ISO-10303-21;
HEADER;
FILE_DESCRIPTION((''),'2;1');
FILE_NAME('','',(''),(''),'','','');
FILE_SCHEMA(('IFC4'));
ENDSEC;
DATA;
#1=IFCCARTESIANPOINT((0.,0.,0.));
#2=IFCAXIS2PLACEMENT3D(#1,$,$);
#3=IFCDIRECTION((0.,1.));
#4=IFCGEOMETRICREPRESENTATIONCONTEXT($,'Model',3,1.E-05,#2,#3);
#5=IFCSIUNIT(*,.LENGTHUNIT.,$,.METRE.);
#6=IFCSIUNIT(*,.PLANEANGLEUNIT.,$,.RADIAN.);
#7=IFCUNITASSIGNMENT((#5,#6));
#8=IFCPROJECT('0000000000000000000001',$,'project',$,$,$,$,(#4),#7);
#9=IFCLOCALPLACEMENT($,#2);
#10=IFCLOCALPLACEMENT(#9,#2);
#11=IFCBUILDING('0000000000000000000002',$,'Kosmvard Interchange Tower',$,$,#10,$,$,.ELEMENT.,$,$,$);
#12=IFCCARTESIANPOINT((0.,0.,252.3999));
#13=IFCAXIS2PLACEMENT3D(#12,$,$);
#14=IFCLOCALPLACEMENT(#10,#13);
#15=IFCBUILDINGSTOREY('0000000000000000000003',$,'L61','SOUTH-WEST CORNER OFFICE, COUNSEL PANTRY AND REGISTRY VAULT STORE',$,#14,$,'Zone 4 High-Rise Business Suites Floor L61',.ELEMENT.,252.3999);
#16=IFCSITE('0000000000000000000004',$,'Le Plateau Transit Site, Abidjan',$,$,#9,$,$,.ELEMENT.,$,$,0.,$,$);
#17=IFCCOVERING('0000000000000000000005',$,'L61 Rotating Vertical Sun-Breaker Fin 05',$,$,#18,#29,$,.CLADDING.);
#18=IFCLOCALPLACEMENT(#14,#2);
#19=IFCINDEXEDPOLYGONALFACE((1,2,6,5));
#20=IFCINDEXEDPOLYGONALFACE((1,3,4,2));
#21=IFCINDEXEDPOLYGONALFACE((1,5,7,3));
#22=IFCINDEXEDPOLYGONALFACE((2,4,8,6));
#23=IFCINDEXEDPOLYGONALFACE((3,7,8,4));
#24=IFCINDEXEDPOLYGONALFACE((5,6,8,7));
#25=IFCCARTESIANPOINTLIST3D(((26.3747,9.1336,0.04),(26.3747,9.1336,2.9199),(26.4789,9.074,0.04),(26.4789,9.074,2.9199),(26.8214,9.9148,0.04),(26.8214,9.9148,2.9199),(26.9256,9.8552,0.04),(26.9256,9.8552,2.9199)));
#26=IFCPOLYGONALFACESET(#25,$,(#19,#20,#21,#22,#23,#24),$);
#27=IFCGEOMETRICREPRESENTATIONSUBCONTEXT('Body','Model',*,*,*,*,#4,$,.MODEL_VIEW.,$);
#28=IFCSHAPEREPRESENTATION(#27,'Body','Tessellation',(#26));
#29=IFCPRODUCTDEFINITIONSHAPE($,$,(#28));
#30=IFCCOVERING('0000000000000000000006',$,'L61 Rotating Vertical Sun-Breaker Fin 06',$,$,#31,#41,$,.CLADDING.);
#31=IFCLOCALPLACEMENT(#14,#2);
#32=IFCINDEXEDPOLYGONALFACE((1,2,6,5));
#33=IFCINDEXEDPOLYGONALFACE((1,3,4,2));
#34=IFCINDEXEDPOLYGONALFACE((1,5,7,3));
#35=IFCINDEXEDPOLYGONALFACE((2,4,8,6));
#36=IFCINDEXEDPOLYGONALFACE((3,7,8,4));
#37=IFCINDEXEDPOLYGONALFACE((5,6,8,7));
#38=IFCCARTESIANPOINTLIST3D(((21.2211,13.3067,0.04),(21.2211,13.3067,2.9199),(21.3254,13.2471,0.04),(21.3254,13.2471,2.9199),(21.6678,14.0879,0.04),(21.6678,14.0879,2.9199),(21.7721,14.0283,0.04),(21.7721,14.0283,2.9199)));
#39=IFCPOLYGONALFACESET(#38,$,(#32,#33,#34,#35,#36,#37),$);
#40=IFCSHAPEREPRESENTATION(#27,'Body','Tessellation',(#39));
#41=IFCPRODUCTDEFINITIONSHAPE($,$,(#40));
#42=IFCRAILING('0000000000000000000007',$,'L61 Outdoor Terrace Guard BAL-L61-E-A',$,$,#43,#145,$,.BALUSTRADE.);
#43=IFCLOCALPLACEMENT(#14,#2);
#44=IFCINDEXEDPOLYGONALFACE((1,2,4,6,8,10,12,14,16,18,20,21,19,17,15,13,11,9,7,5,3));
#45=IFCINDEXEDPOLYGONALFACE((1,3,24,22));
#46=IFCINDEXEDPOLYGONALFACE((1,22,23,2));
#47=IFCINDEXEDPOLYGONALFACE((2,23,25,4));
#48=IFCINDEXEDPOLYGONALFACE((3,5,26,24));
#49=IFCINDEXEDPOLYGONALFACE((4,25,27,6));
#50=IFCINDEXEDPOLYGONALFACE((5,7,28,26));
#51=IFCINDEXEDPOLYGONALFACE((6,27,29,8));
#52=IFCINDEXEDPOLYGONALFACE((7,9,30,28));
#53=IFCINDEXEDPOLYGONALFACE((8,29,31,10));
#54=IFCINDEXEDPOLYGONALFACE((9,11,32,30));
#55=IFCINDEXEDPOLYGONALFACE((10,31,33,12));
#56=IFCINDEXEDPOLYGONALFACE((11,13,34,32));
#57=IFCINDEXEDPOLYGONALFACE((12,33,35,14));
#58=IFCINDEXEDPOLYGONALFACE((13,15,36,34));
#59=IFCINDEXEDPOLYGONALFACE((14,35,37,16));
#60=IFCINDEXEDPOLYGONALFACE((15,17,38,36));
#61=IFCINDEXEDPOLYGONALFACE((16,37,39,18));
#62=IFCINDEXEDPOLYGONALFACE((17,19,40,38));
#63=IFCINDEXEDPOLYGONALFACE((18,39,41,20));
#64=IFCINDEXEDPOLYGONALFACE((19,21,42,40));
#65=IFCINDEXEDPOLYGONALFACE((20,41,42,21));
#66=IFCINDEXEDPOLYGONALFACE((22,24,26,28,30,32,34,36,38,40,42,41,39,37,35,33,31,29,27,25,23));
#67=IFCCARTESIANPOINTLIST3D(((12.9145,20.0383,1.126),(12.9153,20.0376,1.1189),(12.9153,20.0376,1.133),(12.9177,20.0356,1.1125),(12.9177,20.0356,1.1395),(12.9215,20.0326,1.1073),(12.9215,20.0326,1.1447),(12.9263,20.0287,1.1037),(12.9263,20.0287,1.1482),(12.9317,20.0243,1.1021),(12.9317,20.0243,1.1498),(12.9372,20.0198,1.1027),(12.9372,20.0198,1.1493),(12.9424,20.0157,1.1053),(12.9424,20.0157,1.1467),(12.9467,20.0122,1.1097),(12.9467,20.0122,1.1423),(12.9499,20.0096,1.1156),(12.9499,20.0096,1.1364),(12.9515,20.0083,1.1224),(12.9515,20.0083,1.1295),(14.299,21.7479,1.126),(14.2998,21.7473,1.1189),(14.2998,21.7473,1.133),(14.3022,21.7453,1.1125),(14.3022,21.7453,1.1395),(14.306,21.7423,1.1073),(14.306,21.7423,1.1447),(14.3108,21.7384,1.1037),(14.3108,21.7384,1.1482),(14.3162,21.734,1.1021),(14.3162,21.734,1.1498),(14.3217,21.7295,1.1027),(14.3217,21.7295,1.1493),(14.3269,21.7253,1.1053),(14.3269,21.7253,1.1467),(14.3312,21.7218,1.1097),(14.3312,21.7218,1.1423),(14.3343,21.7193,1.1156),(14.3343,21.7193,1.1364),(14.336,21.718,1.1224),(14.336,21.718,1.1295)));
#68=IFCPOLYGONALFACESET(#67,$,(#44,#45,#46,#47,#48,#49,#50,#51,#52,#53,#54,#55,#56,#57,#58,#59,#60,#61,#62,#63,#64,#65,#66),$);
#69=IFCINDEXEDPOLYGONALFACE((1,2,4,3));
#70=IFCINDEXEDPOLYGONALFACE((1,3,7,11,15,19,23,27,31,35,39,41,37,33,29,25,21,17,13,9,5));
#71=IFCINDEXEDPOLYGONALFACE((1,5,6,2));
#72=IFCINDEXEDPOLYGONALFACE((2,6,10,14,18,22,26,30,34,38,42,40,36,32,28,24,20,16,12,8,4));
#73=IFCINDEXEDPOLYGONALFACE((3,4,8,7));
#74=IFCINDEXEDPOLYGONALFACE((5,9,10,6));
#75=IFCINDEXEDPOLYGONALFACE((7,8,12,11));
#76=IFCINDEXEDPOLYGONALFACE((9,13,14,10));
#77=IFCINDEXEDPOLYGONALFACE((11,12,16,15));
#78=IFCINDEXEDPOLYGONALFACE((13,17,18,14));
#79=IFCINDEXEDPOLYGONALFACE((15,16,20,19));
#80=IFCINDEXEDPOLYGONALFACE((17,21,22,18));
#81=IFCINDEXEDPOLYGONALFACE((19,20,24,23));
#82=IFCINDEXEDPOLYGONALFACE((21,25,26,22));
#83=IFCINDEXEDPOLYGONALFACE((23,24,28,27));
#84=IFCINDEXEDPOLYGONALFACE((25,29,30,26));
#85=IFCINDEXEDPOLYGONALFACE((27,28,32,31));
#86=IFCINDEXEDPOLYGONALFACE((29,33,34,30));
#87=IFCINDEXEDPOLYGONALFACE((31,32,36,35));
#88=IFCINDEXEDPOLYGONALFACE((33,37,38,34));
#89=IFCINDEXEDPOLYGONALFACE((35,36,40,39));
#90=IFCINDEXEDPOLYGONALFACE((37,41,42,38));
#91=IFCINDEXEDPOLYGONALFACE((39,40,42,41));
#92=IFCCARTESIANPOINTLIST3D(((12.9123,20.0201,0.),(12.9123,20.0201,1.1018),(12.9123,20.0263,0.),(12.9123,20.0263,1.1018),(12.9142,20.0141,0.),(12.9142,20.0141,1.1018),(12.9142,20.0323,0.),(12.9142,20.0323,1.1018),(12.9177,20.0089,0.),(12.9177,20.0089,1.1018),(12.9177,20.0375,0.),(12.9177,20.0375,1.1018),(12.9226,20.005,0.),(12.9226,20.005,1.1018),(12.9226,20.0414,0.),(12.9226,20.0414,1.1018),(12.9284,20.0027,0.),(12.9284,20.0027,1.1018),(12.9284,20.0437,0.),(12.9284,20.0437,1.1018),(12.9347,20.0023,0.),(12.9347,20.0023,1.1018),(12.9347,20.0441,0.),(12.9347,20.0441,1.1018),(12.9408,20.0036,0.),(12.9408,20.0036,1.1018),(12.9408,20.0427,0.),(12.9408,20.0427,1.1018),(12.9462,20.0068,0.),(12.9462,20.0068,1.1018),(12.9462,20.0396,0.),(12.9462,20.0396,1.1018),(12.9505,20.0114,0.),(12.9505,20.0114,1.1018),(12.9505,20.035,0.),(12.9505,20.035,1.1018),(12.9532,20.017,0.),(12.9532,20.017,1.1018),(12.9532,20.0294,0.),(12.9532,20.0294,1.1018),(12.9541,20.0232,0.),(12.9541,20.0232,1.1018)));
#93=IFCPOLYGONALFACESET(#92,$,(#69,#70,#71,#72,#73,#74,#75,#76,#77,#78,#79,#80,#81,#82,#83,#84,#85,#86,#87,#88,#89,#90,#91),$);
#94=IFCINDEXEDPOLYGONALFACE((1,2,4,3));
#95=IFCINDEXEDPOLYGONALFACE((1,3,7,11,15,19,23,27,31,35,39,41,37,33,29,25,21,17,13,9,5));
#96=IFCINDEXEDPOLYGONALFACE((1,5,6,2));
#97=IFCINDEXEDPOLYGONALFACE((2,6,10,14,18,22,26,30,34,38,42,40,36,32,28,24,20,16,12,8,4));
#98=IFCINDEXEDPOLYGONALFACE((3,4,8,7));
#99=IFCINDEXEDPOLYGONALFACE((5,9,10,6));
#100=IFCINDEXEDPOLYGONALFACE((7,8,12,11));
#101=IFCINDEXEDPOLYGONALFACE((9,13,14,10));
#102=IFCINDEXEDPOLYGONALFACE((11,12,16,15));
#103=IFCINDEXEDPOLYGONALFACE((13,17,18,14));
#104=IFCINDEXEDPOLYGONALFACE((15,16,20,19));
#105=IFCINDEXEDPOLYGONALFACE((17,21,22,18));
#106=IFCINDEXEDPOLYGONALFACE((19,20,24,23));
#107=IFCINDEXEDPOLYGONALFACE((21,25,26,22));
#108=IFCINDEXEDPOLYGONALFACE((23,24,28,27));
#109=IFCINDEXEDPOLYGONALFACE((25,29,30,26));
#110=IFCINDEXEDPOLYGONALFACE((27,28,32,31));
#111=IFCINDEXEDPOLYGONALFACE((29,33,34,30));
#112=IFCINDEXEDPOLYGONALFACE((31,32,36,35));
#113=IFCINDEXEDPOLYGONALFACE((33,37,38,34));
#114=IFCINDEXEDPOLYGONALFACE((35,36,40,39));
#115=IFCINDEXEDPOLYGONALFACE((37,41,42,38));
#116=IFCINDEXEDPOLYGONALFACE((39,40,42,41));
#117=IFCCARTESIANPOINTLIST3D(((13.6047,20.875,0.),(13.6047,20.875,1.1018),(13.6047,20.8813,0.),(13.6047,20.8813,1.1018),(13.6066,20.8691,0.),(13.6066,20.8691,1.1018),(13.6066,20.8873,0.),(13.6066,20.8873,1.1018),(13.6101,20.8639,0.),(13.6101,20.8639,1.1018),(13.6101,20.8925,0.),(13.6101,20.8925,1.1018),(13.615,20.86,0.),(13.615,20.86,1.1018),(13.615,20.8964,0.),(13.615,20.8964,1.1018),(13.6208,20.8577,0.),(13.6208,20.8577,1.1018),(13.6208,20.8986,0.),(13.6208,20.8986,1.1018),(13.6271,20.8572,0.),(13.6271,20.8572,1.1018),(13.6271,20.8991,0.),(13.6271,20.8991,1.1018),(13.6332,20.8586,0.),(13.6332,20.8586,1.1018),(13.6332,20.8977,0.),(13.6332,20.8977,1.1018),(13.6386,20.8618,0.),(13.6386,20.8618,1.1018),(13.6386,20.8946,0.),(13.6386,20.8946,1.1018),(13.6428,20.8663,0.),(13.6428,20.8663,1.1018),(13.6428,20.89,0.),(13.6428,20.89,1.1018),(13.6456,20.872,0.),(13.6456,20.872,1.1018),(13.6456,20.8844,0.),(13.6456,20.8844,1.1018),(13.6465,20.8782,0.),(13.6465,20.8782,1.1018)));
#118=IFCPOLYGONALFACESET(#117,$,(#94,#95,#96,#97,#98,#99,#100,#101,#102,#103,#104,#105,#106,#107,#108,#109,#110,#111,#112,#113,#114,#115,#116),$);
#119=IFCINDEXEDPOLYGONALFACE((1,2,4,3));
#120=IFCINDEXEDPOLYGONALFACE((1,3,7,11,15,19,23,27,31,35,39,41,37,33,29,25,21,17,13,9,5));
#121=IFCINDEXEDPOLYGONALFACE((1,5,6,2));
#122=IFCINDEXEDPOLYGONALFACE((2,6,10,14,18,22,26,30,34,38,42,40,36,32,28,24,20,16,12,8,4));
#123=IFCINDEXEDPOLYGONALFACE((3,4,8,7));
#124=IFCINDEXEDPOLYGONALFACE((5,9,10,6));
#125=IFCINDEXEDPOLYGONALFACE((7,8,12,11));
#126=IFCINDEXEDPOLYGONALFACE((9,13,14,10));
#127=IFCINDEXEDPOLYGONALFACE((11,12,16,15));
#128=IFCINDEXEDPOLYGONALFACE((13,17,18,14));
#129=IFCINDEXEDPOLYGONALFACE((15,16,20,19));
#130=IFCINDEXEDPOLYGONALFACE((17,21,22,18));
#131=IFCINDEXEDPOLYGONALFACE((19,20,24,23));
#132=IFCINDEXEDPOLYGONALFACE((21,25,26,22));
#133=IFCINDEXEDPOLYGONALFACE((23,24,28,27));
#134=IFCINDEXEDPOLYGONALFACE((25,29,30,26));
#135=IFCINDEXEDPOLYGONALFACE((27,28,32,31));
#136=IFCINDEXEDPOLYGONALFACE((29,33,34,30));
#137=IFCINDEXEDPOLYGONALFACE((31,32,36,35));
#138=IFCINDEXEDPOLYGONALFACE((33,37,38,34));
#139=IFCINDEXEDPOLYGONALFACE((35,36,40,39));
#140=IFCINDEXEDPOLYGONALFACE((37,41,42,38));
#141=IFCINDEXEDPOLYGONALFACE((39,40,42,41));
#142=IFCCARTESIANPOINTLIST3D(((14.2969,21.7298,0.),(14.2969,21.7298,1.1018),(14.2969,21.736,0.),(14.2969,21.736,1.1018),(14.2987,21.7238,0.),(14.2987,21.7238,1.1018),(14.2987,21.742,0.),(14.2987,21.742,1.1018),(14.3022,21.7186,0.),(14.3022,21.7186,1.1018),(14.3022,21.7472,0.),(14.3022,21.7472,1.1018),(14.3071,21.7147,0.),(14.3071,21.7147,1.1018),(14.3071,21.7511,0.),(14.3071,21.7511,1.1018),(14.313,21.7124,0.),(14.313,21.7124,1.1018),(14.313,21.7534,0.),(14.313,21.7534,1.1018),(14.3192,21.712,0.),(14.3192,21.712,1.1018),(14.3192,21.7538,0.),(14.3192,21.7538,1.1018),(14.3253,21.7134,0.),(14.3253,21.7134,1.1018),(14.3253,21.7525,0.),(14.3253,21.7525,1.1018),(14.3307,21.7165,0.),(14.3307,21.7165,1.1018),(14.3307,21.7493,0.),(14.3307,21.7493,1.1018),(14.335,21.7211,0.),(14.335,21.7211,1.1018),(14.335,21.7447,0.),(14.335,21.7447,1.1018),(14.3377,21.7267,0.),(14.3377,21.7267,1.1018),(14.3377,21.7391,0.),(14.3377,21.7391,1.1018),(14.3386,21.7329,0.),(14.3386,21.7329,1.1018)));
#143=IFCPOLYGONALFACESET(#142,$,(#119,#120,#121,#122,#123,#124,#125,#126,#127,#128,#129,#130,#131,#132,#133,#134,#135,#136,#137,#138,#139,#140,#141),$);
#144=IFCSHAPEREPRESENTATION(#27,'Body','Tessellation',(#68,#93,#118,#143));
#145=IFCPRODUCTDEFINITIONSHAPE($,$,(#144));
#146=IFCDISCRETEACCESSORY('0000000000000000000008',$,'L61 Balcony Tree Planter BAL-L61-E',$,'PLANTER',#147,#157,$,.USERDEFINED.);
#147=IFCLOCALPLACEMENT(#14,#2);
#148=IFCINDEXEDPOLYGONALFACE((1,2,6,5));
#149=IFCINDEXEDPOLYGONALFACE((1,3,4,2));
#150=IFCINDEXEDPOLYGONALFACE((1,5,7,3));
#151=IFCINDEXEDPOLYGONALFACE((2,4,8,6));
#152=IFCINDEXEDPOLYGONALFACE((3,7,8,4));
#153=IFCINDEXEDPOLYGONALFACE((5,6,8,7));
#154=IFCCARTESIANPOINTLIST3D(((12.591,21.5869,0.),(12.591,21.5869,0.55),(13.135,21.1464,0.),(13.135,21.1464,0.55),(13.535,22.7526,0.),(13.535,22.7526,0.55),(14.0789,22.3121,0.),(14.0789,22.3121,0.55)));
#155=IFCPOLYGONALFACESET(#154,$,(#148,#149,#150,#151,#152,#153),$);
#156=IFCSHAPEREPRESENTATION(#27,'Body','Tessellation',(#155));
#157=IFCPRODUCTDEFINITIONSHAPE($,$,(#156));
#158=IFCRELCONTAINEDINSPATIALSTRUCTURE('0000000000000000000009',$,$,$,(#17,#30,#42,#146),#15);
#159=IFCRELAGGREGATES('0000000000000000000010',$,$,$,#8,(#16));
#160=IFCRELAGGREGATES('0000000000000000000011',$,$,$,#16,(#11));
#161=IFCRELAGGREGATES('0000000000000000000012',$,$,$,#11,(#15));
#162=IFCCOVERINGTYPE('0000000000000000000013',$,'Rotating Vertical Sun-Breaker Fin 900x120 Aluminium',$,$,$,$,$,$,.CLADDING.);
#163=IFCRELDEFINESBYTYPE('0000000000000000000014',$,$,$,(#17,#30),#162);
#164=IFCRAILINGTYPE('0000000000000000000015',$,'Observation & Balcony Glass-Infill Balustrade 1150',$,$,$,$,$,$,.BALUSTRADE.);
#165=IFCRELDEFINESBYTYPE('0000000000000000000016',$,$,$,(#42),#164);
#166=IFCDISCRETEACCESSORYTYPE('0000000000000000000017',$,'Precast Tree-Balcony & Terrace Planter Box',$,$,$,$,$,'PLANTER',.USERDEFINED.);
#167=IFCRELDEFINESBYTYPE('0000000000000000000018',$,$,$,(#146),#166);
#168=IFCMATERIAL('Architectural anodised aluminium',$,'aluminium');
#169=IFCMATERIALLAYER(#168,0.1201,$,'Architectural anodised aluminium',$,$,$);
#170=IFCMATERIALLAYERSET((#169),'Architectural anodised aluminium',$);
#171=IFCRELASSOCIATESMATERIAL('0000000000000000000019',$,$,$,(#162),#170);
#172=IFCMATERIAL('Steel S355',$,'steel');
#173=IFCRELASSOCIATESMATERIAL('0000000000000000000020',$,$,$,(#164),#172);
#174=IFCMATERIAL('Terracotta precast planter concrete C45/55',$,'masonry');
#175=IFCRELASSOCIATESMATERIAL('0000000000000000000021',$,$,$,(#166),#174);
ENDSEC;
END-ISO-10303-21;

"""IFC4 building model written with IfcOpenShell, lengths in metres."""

from ifc_helpers import new_model, si_unit, direction, frame, origin, origin_2d, place, context, subcontext, project, spatial, rectangle, circle, extrude, source, transform, mapped, material, layer, layer_set, type_object, element, save


model = new_model("IFC4")

# Units and contexts
model_context = context("Model", 3, precision=1e-05, world=origin(), true_north=direction((0.0, 1.0)))
body_context = subcontext(model_context, "Body", "Model", "MODEL_VIEW")
ifc_project = project(units=[si_unit("LENGTHUNIT", "METRE"), si_unit("PLANEANGLEUNIT", "RADIAN")], contexts=[model_context])

# Site, building, storey
site_placement = place(None, origin())
site = spatial("IfcSite", under=ifc_project, at=site_placement, Name="Le Plateau Transit Site, Abidjan", CompositionType="ELEMENT", RefElevation=0.0)
building_placement = place(site_placement, origin())
building = spatial("IfcBuilding", under=site, at=building_placement, Name="Kosmvard Interchange Tower", CompositionType="ELEMENT")
storey_placement = place(building_placement, frame((0.0, 0.0, 252.3999)))
storey = spatial("IfcBuildingStorey", under=building, at=storey_placement, Name="L61", Description="SOUTH-WEST CORNER OFFICE, COUNSEL PANTRY AND REGISTRY VAULT STORE", LongName="Zone 4 High-Rise Business Suites Floor L61", CompositionType="ELEMENT", Elevation=252.3999)

# Shared definitions
ifc_material_1 = material(Name="Steel S355", Category="steel")

# Coverings
ifc_material_2 = material(Name="Architectural anodised aluminium", Category="aluminium")
ifc_layer_1 = layer(ifc_material_2, 0.1201, Name="Architectural anodised aluminium")
ifc_layer_set_1 = layer_set([ifc_layer_1], Name="Architectural anodised aluminium")
covering_type = type_object("IfcCoveringType", Name="Rotating Vertical Sun-Breaker Fin 900x120 Aluminium", PredefinedType="CLADDING", material=ifc_layer_set_1)
shared_shape_1 = source(origin(), body_context, "Body", "SweptSolid", [
    extrude(rectangle(XDim=0.8999, YDim=0.1201, at=origin_2d()), origin(), (0.0, 0.0, 1.0), 2.8799),
])
for number, where, z_axis, x_axis, name in (
    (1, (26.6501, 9.4944, 0.04), (0.0, 0.0, 1.0), (0.496368, 0.868112, 0.0), "L61 Rotating Vertical Sun-Breaker Fin 05"),
    (2, (21.4966, 13.6675, 0.04), (0.0, 0.0, 1.0), (0.496368, 0.868112, 0.0), "L61 Rotating Vertical Sun-Breaker Fin 06"),
):
    element("IfcCovering", number, at=place(storey_placement, frame(where, z_axis=z_axis, x_axis=x_axis)), inside=storey, type_object=covering_type, Name=name, PredefinedType="CLADDING", context=body_context, shape_type="MappedRepresentation", body=[
        mapped(shared_shape_1, transform((0.0, 0.0, 0.0), scale=1.0)),
    ])

# Railing
railing_type = type_object("IfcRailingType", Name="Observation & Balcony Glass-Infill Balustrade 1150", PredefinedType="BALUSTRADE", material=ifc_material_1)
shared_shape_2 = source(origin(), body_context, "Body", "SweptSolid", [
    extrude(circle(Radius=0.0239, at=origin_2d()), frame((0.0, 0.0, 1.126), z_axis=(0.629326, 0.777141, 0.0), x_axis=(-0.777141, 0.629326, 0.0)), (0.0, 0.0, 1.0), 2.2),
    extrude(circle(Radius=0.021, at=origin_2d()), origin(), (0.0, 0.0, 1.0), 1.1018),
    extrude(circle(Radius=0.021, at=origin_2d()), frame((0.6924, 0.855, 0.0)), (0.0, 0.0, 1.0), 1.1018),
    extrude(circle(Radius=0.021, at=origin_2d()), frame((1.3845, 1.7097, 0.0)), (0.0, 0.0, 1.0), 1.1018),
])
railing_1_placement = place(storey_placement, frame((12.9331, 20.0232, 0.0)))
element("IfcRailing", 3, at=railing_1_placement, inside=storey, type_object=railing_type, Name="L61 Outdoor Terrace Guard BAL-L61-E-A", PredefinedType="BALUSTRADE", context=body_context, shape_type="MappedRepresentation", body=[
    mapped(shared_shape_2, transform((0.0, 0.0, 0.0), scale=1.0)),
])

# Discrete accessory
ifc_material_3 = material(Name="Terracotta precast planter concrete C45/55", Category="masonry")
discrete_accessory_type = type_object("IfcDiscreteAccessoryType", Name="Precast Tree-Balcony & Terrace Planter Box", ElementType="PLANTER", PredefinedType="USERDEFINED", material=ifc_material_3)
shared_shape_3 = source(origin(), body_context, "Body", "SweptSolid", [
    extrude(rectangle(XDim=1.5, YDim=0.7, at=origin_2d()), origin(), (0.0, 0.0, 1.0), 0.55),
])
discrete_accessory_placement = place(storey_placement, frame((13.335, 21.9495, 0.0), z_axis=(0.0, 0.0, 1.0), x_axis=(0.62932, 0.777146, 0.0)))
element("IfcDiscreteAccessory", 4, at=discrete_accessory_placement, inside=storey, type_object=discrete_accessory_type, Name="L61 Balcony Tree Planter BAL-L61-E", ObjectType="PLANTER", PredefinedType="USERDEFINED", context=body_context, shape_type="MappedRepresentation", body=[
    mapped(shared_shape_3, transform((0.0, 0.0, 0.0), scale=1.0)),
])

save(model, "model.ifc")
